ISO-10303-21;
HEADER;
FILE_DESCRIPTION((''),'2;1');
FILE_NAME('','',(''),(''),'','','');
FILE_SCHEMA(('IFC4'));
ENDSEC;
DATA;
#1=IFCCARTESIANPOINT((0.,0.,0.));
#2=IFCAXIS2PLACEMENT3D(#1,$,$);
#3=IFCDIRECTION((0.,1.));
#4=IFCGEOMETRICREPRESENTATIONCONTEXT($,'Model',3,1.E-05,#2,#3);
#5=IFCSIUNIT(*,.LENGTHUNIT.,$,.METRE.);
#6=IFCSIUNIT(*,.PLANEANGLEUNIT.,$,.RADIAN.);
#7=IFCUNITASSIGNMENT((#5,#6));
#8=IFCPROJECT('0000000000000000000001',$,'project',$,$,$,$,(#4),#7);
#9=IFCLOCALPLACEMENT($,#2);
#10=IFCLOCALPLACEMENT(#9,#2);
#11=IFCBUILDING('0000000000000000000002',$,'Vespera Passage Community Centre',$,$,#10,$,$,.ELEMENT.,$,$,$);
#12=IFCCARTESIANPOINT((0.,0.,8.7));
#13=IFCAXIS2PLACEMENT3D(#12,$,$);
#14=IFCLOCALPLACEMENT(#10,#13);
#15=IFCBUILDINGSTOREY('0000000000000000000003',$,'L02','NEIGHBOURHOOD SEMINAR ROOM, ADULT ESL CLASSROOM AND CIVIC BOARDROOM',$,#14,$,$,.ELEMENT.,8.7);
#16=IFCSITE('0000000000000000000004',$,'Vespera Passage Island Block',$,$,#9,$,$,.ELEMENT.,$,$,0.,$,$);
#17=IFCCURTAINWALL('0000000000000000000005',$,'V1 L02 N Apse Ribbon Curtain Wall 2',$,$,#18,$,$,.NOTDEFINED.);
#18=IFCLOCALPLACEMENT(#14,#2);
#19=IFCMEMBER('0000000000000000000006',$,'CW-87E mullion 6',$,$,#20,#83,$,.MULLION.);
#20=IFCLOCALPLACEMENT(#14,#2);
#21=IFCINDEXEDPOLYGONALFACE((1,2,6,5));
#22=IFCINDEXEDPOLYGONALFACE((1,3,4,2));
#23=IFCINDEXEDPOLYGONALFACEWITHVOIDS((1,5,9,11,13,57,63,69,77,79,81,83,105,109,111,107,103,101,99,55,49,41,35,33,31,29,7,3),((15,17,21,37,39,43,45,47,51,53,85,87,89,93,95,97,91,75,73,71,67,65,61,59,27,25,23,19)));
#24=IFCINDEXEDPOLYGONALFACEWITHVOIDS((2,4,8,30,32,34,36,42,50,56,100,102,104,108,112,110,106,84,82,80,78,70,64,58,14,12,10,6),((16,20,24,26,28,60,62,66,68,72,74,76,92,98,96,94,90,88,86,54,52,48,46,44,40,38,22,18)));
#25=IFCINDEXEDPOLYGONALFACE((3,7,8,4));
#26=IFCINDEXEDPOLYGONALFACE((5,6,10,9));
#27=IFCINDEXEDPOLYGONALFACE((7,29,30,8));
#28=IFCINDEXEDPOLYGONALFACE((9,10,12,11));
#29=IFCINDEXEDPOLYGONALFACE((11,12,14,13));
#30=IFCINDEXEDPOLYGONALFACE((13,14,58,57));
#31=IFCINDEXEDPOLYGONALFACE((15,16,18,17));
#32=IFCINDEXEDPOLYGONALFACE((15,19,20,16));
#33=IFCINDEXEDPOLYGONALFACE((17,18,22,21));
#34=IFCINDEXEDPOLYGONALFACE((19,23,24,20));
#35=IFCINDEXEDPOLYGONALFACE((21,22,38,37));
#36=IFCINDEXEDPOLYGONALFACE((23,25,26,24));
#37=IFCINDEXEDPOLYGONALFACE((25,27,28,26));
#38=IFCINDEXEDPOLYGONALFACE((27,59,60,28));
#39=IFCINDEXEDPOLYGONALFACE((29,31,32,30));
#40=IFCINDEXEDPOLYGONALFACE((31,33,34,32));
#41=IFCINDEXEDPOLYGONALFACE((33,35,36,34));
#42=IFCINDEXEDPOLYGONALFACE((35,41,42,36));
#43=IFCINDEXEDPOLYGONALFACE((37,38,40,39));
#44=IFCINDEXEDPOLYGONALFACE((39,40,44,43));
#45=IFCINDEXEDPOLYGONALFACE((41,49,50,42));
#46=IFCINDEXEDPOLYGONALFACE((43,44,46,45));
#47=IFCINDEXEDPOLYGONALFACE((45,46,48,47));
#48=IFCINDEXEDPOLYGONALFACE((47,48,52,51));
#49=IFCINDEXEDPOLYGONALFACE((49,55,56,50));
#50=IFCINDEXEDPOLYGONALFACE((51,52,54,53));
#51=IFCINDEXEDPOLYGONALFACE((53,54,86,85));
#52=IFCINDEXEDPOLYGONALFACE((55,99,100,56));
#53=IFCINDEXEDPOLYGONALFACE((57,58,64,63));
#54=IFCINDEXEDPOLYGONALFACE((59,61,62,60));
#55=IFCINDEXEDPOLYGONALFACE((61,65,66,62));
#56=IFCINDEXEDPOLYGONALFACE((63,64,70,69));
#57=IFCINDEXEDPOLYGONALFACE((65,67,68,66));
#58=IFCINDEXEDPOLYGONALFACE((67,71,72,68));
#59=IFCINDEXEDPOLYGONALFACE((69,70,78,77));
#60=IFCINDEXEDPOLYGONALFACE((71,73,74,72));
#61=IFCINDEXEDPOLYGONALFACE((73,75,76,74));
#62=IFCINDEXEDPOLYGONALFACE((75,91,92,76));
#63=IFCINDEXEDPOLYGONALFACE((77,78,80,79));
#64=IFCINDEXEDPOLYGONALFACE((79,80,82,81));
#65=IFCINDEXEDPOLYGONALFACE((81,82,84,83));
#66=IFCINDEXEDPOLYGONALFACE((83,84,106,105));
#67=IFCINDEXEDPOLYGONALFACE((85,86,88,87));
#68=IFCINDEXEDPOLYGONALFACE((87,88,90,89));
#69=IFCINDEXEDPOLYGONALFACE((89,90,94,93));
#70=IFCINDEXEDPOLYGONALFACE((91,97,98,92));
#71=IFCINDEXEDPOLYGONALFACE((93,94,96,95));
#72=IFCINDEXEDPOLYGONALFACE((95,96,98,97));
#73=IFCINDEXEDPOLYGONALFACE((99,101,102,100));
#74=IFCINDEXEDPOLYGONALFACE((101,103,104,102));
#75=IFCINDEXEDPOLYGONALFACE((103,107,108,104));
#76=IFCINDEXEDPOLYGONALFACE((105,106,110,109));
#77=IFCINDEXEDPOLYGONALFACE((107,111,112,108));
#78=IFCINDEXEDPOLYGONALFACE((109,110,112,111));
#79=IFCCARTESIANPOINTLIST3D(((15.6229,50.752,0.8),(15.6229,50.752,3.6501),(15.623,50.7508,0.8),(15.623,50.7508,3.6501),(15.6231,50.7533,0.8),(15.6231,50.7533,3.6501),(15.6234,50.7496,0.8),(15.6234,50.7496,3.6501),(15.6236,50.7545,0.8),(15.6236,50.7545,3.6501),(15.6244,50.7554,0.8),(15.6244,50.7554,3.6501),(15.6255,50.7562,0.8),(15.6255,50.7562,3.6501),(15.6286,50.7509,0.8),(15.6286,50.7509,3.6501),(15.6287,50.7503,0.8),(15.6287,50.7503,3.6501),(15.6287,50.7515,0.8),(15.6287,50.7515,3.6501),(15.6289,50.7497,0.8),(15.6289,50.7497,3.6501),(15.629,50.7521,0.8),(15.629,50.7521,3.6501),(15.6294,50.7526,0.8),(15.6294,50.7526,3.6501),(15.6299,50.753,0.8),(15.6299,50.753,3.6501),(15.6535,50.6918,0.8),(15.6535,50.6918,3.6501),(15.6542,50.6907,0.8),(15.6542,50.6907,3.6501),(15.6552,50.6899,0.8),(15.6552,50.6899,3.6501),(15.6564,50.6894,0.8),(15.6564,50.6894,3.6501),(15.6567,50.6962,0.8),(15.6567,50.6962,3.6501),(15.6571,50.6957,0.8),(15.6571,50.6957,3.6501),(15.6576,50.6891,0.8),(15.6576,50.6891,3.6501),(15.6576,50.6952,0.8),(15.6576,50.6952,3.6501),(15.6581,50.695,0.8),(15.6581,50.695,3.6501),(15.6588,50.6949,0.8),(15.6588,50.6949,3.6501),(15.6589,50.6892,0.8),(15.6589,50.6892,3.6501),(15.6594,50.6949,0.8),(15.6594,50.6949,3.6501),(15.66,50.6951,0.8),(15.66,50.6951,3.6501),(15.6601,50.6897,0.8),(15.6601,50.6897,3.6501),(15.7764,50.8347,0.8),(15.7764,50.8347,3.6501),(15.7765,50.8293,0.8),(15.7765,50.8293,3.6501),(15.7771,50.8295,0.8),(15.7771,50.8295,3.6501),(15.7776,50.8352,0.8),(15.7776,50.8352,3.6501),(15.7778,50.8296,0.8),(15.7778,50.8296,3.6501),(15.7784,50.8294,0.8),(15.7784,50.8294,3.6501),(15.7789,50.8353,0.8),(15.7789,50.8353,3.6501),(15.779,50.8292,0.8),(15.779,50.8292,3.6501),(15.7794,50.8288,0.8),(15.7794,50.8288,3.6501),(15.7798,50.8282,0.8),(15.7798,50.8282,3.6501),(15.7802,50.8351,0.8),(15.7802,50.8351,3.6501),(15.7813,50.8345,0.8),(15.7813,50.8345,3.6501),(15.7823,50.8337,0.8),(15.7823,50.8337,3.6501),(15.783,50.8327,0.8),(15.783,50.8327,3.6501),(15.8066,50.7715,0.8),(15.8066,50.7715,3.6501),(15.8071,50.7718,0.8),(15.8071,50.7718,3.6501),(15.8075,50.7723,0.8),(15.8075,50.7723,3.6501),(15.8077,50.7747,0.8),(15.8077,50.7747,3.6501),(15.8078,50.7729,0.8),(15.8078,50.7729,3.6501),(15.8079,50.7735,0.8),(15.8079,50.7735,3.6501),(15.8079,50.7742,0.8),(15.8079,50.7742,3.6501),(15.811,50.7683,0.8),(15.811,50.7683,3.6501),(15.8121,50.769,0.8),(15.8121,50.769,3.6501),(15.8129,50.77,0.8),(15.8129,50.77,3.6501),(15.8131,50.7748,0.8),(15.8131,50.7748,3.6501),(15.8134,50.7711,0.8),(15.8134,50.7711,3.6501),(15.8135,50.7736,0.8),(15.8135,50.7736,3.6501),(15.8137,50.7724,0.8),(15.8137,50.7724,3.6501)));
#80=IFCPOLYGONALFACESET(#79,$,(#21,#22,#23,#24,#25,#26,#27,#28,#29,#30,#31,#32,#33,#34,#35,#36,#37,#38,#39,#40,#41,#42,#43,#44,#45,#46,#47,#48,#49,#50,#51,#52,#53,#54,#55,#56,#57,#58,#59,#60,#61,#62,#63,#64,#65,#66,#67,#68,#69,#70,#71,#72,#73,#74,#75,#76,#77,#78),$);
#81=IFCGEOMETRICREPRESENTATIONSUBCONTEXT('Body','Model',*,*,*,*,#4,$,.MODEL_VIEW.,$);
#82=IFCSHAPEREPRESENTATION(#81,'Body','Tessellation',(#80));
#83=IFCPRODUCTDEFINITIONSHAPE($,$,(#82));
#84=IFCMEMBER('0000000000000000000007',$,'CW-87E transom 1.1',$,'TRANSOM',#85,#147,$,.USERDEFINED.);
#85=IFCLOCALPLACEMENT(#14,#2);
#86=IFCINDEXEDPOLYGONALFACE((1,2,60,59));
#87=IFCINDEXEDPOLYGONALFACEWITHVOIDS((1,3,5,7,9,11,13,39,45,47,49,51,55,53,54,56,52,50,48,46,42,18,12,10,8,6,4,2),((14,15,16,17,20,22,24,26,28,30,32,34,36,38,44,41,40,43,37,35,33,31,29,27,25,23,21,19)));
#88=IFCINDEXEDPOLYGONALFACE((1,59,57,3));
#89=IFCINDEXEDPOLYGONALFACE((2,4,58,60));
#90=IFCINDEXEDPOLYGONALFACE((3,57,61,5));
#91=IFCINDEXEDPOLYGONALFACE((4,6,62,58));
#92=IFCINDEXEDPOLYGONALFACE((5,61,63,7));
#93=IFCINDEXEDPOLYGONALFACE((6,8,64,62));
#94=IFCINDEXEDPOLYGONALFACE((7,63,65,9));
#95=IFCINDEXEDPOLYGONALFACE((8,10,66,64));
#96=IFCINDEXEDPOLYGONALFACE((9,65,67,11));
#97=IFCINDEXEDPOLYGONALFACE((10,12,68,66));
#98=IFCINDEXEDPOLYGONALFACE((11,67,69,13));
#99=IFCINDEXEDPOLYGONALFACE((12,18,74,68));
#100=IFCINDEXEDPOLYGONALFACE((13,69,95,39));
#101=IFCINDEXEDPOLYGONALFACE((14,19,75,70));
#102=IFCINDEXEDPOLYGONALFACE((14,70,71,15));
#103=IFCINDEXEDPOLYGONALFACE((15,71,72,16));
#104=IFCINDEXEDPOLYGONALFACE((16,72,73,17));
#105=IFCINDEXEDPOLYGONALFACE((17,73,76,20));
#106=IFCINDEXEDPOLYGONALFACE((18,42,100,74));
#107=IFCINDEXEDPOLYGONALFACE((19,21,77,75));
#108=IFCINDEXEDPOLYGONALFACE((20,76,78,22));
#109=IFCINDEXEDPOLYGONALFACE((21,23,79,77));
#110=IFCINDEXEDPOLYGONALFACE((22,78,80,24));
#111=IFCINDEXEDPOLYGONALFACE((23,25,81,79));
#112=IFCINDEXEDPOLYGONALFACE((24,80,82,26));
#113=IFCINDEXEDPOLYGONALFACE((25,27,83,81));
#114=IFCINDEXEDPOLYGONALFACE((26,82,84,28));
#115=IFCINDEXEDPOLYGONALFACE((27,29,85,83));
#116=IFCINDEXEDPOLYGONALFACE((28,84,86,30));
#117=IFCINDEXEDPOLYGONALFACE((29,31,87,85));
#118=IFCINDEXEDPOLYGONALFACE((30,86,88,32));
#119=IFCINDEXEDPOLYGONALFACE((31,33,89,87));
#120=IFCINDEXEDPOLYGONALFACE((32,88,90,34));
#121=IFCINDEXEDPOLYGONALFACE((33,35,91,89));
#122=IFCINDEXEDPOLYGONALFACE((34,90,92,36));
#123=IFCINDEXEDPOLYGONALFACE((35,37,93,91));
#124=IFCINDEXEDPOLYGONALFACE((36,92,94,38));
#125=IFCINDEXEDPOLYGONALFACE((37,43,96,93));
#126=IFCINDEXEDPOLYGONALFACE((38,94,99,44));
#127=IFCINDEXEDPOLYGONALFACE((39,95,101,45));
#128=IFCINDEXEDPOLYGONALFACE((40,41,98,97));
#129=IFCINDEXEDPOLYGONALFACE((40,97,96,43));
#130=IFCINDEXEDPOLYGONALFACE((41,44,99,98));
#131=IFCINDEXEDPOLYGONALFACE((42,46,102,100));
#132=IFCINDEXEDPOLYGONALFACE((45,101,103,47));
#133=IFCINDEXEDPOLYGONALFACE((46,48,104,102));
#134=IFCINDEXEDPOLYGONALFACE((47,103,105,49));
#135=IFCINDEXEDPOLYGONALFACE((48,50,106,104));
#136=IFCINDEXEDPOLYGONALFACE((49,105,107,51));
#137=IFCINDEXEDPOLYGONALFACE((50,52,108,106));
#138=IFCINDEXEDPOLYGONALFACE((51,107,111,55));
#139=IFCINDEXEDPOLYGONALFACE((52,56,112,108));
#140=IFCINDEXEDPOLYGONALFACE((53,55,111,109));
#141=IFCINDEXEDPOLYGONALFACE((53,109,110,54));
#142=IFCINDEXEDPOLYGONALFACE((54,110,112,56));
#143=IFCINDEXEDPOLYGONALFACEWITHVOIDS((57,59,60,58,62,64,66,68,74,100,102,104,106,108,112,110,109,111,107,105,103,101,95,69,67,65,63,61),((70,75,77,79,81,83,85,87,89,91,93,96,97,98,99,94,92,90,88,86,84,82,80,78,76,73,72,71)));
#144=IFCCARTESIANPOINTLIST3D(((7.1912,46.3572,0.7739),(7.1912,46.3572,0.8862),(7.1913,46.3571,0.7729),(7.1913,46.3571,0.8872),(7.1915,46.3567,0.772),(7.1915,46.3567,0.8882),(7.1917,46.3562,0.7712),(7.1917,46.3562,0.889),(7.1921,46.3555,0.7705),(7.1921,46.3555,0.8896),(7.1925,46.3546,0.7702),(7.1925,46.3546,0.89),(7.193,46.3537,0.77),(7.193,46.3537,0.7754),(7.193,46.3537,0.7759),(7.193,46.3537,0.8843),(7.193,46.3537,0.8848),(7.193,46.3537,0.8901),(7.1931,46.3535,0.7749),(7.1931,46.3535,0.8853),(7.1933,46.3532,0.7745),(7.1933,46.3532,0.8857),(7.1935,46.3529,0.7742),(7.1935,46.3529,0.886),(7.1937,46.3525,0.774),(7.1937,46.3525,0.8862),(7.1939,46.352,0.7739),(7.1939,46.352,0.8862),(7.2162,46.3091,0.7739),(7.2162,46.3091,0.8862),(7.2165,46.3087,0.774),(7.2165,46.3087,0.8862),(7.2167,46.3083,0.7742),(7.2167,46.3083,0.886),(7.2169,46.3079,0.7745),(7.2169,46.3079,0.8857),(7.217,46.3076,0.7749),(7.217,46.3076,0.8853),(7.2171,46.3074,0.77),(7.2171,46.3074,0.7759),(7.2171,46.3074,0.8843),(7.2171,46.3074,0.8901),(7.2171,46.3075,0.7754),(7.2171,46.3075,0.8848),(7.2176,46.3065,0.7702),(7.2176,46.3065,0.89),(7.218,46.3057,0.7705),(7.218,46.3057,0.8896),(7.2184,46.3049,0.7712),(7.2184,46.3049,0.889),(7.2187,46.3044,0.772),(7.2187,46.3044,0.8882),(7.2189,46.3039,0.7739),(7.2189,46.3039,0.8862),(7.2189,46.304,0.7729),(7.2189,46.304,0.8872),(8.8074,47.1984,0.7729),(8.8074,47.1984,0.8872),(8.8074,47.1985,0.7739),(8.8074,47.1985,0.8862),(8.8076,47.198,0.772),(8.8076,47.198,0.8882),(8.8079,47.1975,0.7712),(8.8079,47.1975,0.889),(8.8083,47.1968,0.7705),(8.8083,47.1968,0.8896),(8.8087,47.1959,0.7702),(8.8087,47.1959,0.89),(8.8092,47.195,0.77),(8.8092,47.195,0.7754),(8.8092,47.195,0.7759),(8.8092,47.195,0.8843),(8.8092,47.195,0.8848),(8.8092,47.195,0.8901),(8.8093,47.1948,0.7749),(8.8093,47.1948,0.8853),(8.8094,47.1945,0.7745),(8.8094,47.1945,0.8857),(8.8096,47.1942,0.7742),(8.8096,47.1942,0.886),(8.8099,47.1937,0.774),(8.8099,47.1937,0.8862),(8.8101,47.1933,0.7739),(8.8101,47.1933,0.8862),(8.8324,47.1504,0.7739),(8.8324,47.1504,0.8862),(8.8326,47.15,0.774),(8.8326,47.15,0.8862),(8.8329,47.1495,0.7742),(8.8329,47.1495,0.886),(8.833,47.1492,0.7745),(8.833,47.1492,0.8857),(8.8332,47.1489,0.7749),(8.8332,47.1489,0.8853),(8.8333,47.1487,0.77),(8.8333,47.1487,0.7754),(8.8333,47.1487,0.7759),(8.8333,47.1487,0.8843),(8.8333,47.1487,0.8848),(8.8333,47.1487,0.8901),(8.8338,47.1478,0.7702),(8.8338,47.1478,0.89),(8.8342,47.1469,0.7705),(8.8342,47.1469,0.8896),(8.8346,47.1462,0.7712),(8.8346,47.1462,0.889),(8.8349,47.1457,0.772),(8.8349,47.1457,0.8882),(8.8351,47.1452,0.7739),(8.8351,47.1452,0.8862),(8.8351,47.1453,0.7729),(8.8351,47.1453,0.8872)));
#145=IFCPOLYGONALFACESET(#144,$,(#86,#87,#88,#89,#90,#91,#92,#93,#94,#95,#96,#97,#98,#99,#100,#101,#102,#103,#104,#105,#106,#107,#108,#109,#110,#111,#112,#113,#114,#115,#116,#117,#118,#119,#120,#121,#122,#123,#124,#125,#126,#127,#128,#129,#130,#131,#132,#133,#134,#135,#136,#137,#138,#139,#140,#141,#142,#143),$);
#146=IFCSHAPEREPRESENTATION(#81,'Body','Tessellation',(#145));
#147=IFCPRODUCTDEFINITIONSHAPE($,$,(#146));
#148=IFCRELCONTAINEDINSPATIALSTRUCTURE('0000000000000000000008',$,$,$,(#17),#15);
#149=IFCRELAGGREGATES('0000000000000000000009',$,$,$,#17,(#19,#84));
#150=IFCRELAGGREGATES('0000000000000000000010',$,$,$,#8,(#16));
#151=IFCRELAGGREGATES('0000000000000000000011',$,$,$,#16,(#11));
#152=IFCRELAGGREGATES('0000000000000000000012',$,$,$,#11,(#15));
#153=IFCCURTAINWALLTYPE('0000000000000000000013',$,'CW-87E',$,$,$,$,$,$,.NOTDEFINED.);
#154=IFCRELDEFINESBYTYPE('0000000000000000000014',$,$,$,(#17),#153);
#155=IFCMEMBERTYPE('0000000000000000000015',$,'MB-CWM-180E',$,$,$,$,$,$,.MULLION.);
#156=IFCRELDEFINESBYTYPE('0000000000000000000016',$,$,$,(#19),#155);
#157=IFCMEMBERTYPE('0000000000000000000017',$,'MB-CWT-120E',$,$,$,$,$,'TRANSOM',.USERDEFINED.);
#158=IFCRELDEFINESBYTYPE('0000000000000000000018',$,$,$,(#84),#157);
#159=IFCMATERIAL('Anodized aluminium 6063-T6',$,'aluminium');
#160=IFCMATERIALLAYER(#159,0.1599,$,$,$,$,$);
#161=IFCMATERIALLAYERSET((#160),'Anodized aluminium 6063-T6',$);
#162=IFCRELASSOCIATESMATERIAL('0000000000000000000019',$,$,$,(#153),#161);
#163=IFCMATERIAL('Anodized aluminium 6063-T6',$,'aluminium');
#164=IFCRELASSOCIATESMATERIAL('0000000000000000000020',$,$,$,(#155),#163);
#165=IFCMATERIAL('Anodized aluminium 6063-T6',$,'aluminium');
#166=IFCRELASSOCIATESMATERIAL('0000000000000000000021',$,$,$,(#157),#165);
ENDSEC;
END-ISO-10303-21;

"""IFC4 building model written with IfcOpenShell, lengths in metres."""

from ifc_helpers import new_model, si_unit, direction, frame, origin, origin_2d, place, context, subcontext, project, spatial, hollow_rectangle, extrude, material, layer, layer_set, material_profile, profile_set, type_object, element, aggregate, save


model = new_model("IFC4")

# Units and contexts
model_context = context("Model", 3, precision=1e-05, world=origin(), true_north=direction((0.0, 1.0)))
body_context = subcontext(model_context, "Body", "Model", "MODEL_VIEW")
ifc_project = project(units=[si_unit("LENGTHUNIT", "METRE"), si_unit("PLANEANGLEUNIT", "RADIAN")], contexts=[model_context])

# Site, building, storey
site_placement = place(None, origin())
site = spatial("IfcSite", under=ifc_project, at=site_placement, Name="Vespera Passage Island Block", CompositionType="ELEMENT", RefElevation=0.0)
building_placement = place(site_placement, origin())
building = spatial("IfcBuilding", under=site, at=building_placement, Name="Vespera Passage Community Centre", CompositionType="ELEMENT")
storey_placement = place(building_placement, frame((0.0, 0.0, 8.7)))
storey = spatial("IfcBuildingStorey", under=building, at=storey_placement, Name="L02", Description="NEIGHBOURHOOD SEMINAR ROOM, ADULT ESL CLASSROOM AND CIVIC BOARDROOM", CompositionType="ELEMENT", Elevation=8.7)

# Curtain wall, members
ifc_material_1 = material(Name="Anodized aluminium 6063-T6", Category="aluminium")
ifc_layer_1 = layer(ifc_material_1, 0.1599)
ifc_layer_set_1 = layer_set([ifc_layer_1], Name="Anodized aluminium 6063-T6")
curtain_wall_type = type_object("IfcCurtainWallType", Name="CW-87E", PredefinedType="NOTDEFINED", material=ifc_layer_set_1)
curtain_wall_placement = place(storey_placement, origin())
curtain_wall = element("IfcCurtainWall", 1, at=curtain_wall_placement, inside=storey, type_object=curtain_wall_type, Name="V1 L02 N Apse Ribbon Curtain Wall 2", PredefinedType="NOTDEFINED")
ifc_material_2 = material(Name="Anodized aluminium 6063-T6", Category="aluminium")
ifc_material_profile_1 = material_profile(ifc_material_2, hollow_rectangle(XDim=0.075, YDim=0.1799, WallThickness=0.0049, InnerFilletRadius=0.0024, OuterFilletRadius=0.0049, at=origin_2d()), Name="ALU180X75X5")
ifc_profile_set_1 = profile_set([ifc_material_profile_1], Name="Anodized aluminium 6063-T6")
member_type_1 = type_object("IfcMemberType", Name="MB-CWM-180E", PredefinedType="MULLION", material=ifc_profile_set_1)
member_1_placement = place(storey_placement, frame((15.7183, 50.7622, 0.8), z_axis=(0.0, 0.0, 1.0), x_axis=(-0.461745, 0.887013, 0.0)))
member_1 = element("IfcMember", 2, at=member_1_placement, type_object=member_type_1, Name="CW-87E mullion 6", PredefinedType="MULLION", context=body_context, shape_type="SweptSolid", body=[
    extrude(hollow_rectangle(XDim=0.075, YDim=0.1799, WallThickness=0.0049, InnerFilletRadius=0.0024, OuterFilletRadius=0.0049, at=origin_2d()), origin(), (0.0, 0.0, 1.0), 2.8501),
])
ifc_material_3 = material(Name="Anodized aluminium 6063-T6", Category="aluminium")
ifc_material_profile_2 = material_profile(ifc_material_3, hollow_rectangle(XDim=0.0601, YDim=0.1201, WallThickness=0.0039, InnerFilletRadius=0.002, OuterFilletRadius=0.0039, at=origin_2d()), Name="ALU120X60X4")
ifc_profile_set_2 = profile_set([ifc_material_profile_2], Name="Anodized aluminium 6063-T6")
member_type_2 = type_object("IfcMemberType", Name="MB-CWT-120E", ElementType="TRANSOM", PredefinedType="USERDEFINED", material=ifc_profile_set_2)
member_2_placement = place(storey_placement, frame((7.2051, 46.3306, 0.8301), z_axis=(0.887019, 0.461732, 0.0), x_axis=(-0.461732, 0.887019, 0.0)))
member_2 = element("IfcMember", 3, at=member_2_placement, type_object=member_type_2, Name="CW-87E transom 1.1", ObjectType="TRANSOM", PredefinedType="USERDEFINED", context=body_context, shape_type="SweptSolid", body=[
    extrude(hollow_rectangle(XDim=0.0601, YDim=0.1201, WallThickness=0.0039, InnerFilletRadius=0.002, OuterFilletRadius=0.0039, at=origin_2d()), origin(), (0.0, 0.0, 1.0), 1.822),
])
aggregate(curtain_wall, [member_1, member_2])

save(model, "model.ifc")
